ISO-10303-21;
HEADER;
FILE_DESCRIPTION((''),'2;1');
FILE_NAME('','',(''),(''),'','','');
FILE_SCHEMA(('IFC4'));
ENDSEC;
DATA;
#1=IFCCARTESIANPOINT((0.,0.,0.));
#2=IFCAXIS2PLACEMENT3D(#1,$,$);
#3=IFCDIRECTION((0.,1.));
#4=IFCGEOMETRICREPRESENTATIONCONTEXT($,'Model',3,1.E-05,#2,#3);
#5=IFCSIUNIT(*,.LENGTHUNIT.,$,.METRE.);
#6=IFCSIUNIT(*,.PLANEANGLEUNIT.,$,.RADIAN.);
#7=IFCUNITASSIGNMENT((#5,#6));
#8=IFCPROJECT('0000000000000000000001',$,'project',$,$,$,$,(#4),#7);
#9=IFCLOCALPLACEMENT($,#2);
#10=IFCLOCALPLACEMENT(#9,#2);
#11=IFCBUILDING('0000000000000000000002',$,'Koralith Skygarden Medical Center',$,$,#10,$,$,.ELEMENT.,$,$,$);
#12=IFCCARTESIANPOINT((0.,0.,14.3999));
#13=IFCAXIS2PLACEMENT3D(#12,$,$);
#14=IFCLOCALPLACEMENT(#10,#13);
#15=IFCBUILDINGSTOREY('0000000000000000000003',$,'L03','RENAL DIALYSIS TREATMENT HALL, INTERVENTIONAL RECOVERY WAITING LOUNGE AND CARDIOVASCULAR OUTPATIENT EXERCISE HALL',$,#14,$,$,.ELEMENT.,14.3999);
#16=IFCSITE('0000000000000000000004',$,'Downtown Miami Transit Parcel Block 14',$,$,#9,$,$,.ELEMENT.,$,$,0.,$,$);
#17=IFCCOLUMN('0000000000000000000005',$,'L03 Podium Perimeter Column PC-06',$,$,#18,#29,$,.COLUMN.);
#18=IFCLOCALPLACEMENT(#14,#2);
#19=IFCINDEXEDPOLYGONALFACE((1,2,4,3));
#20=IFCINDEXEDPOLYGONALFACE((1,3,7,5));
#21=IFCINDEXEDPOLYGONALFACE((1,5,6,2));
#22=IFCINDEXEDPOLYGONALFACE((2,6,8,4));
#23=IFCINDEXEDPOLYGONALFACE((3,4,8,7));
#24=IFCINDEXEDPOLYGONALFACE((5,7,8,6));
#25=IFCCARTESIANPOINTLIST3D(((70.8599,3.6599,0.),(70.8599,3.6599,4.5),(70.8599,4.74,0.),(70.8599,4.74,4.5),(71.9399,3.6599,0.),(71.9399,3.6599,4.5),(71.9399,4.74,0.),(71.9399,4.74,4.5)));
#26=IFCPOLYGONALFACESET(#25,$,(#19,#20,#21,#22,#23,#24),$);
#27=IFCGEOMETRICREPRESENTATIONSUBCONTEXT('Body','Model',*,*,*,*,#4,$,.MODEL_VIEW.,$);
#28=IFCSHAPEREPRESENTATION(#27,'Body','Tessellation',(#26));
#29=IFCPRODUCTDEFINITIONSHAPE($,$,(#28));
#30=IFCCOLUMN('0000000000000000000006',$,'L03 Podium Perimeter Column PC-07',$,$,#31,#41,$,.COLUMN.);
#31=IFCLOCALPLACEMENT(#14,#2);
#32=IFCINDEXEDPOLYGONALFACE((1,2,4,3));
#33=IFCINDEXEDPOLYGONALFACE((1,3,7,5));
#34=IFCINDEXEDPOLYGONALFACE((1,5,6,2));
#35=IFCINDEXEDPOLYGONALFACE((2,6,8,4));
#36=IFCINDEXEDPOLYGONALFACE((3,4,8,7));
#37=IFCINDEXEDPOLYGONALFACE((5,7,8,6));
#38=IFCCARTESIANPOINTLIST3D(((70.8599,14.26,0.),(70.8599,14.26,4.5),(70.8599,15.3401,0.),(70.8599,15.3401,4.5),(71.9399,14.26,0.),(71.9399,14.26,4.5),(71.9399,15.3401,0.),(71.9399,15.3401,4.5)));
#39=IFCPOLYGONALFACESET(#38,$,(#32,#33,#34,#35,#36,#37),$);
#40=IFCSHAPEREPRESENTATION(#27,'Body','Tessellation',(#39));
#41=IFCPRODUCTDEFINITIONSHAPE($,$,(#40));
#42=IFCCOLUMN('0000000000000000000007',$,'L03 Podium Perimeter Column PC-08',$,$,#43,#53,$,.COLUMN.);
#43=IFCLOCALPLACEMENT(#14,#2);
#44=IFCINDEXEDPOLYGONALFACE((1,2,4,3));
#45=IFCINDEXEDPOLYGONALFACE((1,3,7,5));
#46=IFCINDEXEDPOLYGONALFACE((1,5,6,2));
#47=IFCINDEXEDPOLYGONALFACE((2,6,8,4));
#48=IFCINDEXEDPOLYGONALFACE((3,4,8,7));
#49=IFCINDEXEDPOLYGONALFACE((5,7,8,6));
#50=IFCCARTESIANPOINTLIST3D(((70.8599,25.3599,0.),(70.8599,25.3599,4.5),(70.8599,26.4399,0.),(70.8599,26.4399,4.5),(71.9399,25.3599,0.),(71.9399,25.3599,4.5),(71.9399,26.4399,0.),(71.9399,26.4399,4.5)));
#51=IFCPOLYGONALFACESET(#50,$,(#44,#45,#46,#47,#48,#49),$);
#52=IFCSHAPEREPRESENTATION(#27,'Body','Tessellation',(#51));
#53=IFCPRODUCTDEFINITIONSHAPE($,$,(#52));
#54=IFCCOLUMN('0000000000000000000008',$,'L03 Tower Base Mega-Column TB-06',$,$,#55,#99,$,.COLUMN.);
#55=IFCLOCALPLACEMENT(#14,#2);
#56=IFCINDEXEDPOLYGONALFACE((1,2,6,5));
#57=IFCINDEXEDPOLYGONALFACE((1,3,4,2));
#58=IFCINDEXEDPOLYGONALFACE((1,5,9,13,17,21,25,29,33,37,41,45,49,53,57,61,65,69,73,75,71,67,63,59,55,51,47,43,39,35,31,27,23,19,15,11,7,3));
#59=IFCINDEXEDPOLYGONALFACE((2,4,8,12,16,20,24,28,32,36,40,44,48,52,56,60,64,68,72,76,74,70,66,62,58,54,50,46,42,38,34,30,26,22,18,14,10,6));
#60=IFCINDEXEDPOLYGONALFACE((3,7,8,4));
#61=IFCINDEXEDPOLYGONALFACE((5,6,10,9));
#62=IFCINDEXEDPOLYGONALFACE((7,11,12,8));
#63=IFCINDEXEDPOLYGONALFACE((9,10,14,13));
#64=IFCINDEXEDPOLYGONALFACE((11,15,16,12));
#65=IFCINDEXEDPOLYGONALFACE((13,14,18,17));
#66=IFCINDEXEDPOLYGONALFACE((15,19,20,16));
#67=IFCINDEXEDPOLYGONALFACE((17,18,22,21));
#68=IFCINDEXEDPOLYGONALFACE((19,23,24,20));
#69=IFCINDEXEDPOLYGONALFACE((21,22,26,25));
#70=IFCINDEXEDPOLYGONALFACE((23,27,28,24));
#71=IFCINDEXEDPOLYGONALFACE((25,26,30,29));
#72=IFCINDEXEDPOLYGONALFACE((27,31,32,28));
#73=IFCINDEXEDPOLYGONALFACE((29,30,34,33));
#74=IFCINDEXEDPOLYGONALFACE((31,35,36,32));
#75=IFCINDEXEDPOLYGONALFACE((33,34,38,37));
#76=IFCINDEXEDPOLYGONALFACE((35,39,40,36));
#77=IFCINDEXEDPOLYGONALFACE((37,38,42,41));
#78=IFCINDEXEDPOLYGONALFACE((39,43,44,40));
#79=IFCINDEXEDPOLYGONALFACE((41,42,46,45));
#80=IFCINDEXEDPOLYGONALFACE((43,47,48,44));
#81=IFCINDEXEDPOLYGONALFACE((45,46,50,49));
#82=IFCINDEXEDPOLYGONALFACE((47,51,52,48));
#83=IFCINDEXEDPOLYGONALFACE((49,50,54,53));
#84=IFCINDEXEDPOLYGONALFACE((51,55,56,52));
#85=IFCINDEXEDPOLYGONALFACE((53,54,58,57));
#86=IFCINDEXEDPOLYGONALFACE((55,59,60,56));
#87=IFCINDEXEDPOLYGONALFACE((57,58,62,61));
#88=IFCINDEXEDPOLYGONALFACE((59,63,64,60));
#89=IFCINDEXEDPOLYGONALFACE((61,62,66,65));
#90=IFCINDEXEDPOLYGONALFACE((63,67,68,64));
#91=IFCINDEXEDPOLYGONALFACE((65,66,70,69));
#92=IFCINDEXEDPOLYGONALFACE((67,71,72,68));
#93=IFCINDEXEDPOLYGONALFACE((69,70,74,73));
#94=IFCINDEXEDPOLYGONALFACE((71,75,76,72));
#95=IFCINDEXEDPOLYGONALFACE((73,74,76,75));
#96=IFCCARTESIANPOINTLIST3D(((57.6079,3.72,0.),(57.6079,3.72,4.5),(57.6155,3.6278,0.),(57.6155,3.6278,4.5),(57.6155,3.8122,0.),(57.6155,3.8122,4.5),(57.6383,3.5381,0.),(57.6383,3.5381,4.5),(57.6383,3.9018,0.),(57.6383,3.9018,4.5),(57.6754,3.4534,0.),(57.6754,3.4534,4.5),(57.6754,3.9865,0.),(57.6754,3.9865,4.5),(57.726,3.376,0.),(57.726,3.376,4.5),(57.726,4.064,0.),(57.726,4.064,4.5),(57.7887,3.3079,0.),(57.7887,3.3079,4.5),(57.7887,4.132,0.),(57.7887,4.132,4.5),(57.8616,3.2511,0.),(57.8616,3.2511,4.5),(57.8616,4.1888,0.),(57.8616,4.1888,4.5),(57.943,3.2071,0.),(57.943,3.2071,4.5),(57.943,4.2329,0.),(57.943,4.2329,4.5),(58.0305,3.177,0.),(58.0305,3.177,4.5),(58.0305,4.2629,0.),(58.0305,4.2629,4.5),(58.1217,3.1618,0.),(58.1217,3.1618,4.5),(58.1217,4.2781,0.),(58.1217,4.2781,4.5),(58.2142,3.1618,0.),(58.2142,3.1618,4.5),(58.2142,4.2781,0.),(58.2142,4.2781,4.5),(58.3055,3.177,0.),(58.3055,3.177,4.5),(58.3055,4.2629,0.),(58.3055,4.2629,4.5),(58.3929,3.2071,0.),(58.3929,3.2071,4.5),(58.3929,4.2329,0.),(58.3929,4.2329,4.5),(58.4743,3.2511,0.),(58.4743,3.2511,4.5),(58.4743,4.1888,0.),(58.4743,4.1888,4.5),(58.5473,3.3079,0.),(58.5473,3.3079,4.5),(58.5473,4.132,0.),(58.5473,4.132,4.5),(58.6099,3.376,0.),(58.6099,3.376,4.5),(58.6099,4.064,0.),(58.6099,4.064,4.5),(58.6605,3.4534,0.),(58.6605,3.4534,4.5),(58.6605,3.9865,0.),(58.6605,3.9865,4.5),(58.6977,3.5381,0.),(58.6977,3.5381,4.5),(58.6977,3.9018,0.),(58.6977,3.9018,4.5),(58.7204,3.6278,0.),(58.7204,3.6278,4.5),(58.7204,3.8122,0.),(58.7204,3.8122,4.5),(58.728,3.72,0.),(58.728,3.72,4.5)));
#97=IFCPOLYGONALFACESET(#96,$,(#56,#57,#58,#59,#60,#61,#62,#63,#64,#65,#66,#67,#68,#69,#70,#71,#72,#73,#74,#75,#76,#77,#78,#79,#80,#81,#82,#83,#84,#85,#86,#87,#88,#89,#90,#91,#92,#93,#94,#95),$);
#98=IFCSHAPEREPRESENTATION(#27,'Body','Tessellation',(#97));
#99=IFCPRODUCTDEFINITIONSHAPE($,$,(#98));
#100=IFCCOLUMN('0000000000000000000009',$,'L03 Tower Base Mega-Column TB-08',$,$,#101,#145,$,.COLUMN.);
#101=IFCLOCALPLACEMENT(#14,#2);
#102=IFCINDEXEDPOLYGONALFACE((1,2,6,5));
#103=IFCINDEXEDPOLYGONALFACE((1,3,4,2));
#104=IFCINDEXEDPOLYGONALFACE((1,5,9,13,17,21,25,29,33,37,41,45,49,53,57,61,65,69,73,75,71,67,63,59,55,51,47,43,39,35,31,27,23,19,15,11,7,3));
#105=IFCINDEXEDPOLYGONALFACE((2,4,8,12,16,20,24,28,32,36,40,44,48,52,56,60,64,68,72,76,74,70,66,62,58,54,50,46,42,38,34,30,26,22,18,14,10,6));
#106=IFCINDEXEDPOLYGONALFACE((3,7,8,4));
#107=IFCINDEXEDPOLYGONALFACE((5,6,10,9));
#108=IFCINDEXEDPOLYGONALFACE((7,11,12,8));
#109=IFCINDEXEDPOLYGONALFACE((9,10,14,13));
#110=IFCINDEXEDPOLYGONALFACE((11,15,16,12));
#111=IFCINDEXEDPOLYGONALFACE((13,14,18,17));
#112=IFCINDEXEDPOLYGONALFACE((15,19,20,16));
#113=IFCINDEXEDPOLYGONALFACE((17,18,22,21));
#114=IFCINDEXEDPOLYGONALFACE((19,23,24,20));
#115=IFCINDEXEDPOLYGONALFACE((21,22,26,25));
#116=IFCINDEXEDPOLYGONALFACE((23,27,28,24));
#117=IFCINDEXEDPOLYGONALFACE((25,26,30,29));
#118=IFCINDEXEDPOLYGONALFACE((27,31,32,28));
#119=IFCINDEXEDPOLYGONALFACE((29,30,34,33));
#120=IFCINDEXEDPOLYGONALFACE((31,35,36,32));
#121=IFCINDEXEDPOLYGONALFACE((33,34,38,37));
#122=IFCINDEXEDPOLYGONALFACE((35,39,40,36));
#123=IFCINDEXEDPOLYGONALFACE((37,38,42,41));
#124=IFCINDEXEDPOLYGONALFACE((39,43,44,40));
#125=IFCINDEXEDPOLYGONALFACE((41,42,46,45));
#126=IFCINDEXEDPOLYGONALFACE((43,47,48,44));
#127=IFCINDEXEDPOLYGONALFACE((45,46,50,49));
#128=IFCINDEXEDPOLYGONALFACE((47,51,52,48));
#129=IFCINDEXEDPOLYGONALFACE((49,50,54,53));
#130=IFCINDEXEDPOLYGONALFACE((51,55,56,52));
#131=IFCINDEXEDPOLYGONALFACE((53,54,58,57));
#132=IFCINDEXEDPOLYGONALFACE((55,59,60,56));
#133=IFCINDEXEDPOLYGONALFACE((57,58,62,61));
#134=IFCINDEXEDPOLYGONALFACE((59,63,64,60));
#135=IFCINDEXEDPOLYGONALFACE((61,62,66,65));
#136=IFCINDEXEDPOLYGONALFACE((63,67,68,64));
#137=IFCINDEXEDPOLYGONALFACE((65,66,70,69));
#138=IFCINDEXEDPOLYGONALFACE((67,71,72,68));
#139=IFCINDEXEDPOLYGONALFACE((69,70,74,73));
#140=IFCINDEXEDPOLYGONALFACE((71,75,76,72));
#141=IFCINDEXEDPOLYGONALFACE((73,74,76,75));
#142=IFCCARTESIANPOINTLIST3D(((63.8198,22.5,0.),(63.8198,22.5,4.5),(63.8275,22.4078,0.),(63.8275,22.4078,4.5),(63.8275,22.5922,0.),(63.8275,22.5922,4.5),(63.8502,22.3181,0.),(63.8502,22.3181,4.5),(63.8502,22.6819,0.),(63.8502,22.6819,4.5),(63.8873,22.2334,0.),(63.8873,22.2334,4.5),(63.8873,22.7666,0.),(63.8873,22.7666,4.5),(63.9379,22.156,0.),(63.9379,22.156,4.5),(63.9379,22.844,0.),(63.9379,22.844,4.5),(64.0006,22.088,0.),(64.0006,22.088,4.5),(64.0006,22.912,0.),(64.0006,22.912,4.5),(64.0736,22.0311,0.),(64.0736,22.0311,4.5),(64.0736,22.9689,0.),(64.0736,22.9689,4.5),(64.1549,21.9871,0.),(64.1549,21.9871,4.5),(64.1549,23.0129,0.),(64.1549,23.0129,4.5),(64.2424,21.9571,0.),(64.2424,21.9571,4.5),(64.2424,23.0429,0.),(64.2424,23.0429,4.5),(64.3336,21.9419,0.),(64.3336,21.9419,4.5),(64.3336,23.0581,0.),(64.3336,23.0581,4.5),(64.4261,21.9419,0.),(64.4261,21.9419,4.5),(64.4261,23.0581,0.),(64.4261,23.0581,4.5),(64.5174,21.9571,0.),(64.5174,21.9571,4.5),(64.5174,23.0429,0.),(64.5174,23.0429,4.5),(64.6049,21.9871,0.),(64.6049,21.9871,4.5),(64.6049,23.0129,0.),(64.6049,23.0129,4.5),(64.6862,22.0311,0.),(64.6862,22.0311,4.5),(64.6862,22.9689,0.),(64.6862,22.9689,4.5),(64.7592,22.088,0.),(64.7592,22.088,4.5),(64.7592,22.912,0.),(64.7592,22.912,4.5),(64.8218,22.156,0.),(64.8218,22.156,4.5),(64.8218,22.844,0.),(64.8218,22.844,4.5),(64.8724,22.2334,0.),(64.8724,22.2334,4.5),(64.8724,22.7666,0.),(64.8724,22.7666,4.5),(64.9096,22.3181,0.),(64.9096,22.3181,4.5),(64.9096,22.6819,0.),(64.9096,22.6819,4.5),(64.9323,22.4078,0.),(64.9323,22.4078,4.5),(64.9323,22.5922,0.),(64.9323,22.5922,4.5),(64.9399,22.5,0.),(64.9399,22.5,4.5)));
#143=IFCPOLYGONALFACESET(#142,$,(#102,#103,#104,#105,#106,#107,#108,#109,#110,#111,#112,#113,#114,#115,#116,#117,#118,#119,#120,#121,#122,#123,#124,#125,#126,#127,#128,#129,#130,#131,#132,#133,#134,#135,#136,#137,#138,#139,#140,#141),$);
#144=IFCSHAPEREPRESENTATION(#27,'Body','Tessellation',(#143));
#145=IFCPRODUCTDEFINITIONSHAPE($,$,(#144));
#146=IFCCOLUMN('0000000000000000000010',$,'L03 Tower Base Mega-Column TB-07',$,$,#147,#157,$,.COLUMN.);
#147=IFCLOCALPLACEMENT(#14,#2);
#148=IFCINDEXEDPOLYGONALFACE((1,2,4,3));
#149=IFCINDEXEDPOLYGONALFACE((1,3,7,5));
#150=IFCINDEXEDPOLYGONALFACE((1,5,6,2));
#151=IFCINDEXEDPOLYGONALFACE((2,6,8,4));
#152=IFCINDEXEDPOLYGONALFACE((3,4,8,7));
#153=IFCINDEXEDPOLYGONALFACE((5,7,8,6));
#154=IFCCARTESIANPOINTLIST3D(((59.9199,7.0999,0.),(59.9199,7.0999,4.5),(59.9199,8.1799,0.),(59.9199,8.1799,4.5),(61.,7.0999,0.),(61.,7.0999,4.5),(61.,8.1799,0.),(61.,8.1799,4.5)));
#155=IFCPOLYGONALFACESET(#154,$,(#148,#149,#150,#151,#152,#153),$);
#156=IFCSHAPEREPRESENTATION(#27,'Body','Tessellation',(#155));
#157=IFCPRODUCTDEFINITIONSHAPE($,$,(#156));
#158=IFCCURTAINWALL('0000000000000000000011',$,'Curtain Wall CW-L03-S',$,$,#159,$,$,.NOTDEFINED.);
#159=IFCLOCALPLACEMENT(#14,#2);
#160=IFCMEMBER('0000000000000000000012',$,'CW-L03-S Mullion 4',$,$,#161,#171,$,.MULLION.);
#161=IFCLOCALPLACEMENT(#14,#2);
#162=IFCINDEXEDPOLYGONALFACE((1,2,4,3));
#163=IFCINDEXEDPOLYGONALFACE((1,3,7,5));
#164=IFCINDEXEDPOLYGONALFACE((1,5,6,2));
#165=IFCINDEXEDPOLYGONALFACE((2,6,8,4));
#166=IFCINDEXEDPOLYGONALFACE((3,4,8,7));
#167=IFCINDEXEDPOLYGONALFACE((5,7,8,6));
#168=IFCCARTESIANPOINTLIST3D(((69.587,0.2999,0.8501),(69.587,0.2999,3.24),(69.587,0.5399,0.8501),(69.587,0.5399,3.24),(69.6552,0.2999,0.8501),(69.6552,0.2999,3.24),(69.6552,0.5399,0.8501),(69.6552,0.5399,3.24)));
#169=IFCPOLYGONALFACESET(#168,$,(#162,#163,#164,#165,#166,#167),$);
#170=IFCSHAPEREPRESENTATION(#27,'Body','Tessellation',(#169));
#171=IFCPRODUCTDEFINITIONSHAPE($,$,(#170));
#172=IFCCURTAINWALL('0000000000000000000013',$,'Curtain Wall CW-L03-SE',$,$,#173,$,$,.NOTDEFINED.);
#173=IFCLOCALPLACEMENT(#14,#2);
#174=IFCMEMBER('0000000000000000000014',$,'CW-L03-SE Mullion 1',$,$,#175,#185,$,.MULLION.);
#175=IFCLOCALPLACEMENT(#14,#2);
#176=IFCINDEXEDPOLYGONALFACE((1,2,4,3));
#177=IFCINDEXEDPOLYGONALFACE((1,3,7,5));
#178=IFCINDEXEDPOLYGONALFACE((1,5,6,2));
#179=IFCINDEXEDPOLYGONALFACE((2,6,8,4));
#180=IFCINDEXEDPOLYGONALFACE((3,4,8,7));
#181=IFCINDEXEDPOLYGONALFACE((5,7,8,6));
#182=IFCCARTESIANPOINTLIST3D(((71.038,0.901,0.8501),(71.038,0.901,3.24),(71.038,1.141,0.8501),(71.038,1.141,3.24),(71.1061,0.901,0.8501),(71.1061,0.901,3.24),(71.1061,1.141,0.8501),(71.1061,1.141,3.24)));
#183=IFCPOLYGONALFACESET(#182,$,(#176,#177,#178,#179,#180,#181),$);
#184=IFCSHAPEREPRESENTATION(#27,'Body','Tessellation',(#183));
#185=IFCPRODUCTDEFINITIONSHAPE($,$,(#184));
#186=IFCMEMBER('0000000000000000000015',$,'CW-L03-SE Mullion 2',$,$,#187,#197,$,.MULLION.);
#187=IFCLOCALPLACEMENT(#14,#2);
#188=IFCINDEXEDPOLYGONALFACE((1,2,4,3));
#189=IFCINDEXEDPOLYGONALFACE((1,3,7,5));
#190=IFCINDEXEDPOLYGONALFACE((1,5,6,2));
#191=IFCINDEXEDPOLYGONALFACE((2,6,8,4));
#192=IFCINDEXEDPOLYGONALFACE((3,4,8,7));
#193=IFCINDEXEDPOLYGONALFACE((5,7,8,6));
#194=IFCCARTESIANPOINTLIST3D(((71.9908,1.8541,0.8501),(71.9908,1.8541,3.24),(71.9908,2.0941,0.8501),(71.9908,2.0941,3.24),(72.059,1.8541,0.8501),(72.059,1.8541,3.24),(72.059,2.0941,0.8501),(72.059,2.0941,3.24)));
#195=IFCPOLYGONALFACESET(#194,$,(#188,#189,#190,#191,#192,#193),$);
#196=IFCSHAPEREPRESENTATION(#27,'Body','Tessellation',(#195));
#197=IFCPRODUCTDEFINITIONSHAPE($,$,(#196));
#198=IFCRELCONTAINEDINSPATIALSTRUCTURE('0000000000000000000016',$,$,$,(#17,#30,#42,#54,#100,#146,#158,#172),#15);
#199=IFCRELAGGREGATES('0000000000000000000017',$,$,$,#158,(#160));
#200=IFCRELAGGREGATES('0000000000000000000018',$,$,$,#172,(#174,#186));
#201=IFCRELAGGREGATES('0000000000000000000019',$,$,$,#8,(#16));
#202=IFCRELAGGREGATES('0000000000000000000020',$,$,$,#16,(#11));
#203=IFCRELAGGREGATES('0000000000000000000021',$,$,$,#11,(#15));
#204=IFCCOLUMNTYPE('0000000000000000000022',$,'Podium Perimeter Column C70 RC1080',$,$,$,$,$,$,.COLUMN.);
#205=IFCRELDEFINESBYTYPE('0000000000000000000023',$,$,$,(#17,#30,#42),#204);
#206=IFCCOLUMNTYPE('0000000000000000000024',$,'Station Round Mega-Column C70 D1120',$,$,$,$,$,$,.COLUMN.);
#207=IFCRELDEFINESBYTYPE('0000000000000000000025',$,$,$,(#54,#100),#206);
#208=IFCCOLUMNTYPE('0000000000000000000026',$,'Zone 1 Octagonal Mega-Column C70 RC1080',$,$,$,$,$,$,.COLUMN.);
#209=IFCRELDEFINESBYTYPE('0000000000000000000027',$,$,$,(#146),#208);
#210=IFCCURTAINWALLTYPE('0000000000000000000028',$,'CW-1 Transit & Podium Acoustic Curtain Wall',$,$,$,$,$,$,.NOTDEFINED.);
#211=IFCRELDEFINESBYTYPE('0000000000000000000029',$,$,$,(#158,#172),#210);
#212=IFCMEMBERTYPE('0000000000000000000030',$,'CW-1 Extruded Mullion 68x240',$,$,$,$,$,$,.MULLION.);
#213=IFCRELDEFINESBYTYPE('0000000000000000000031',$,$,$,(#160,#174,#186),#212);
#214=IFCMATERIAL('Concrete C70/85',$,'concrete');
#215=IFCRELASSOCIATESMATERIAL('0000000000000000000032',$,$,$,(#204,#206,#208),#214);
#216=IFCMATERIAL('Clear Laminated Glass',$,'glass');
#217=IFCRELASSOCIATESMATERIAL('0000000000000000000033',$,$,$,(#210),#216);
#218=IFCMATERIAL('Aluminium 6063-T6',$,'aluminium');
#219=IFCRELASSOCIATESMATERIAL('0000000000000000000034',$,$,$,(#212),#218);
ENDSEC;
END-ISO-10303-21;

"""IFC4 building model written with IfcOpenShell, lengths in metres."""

from ifc_helpers import new_model, si_unit, direction, frame, origin, origin_2d, place, context, subcontext, project, spatial, rectangle, circle, extrude, material, material_profile, profile_set, type_object, element, aggregate, save


model = new_model("IFC4")

# Units and contexts
model_context = context("Model", 3, precision=1e-05, world=origin(), true_north=direction((0.0, 1.0)))
body_context = subcontext(model_context, "Body", "Model", "MODEL_VIEW")
ifc_project = project(units=[si_unit("LENGTHUNIT", "METRE"), si_unit("PLANEANGLEUNIT", "RADIAN")], contexts=[model_context])

# Site, building, storey
site_placement = place(None, origin())
site = spatial("IfcSite", under=ifc_project, at=site_placement, Name="Downtown Miami Transit Parcel Block 14", CompositionType="ELEMENT", RefElevation=0.0)
building_placement = place(site_placement, origin())
building = spatial("IfcBuilding", under=site, at=building_placement, Name="Koralith Skygarden Medical Center", CompositionType="ELEMENT")
storey_placement = place(building_placement, frame((0.0, 0.0, 14.3999)))
storey = spatial("IfcBuildingStorey", under=building, at=storey_placement, Name="L03", Description="RENAL DIALYSIS TREATMENT HALL, INTERVENTIONAL RECOVERY WAITING LOUNGE AND CARDIOVASCULAR OUTPATIENT EXERCISE HALL", CompositionType="ELEMENT", Elevation=14.3999)

# Columns
ifc_material_1 = material(Name="Concrete C70/85", Category="concrete")
ifc_material_profile_1 = material_profile(ifc_material_1, rectangle(XDim=1.0801, YDim=1.0801, at=origin_2d()), Name="RC1080X1080")
ifc_profile_set_1 = profile_set([ifc_material_profile_1], Name="Concrete C70/85")
column_type_1 = type_object("IfcColumnType", Name="Podium Perimeter Column C70 RC1080", PredefinedType="COLUMN", material=ifc_profile_set_1)
for number, where, z_axis, x_axis, name in (
    (1, (71.3999, 4.2, 0.0), (0.0, 0.0, 1.0), (1.0, 0.0, 0.0), "L03 Podium Perimeter Column PC-06"),
    (2, (71.3999, 14.8, 0.0), (0.0, 0.0, 1.0), (1.0, 0.0, 0.0), "L03 Podium Perimeter Column PC-07"),
    (3, (71.3999, 25.8999, 0.0), (0.0, 0.0, 1.0), (1.0, 0.0, 0.0), "L03 Podium Perimeter Column PC-08"),
):
    element("IfcColumn", number, at=place(storey_placement, frame(where, z_axis=z_axis, x_axis=x_axis)), inside=storey, type_object=column_type_1, Name=name, PredefinedType="COLUMN", context=body_context, shape_type="SweptSolid", body=[
        extrude(rectangle(XDim=1.0801, YDim=1.0801, at=origin_2d()), origin(), (0.0, 0.0, 1.0), 4.5),
    ])
ifc_material_profile_2 = material_profile(ifc_material_1, circle(Radius=0.5601, at=origin_2d()), Name="RCCOL1120")
ifc_profile_set_2 = profile_set([ifc_material_profile_2], Name="Concrete C70/85")
column_type_2 = type_object("IfcColumnType", Name="Station Round Mega-Column C70 D1120", PredefinedType="COLUMN", material=ifc_profile_set_2)
for number, where, z_axis, x_axis, name in (
    (4, (58.168, 3.72, 0.0), (0.0, 0.0, 1.0), (1.0, 0.0, 0.0), "L03 Tower Base Mega-Column TB-06"),
    (5, (64.3799, 22.5, 0.0), (0.0, 0.0, 1.0), (1.0, 0.0, 0.0), "L03 Tower Base Mega-Column TB-08"),
):
    element("IfcColumn", number, at=place(storey_placement, frame(where, z_axis=z_axis, x_axis=x_axis)), inside=storey, type_object=column_type_2, Name=name, PredefinedType="COLUMN", context=body_context, shape_type="SweptSolid", body=[
        extrude(circle(Radius=0.5601, at=origin_2d()), origin(), (0.0, 0.0, 1.0), 4.5),
    ])
ifc_material_profile_3 = material_profile(ifc_material_1, rectangle(XDim=1.0801, YDim=1.0801, at=origin_2d()), Name="RC1080X1080")
ifc_profile_set_3 = profile_set([ifc_material_profile_3], Name="Concrete C70/85")
column_type_3 = type_object("IfcColumnType", Name="Zone 1 Octagonal Mega-Column C70 RC1080", PredefinedType="COLUMN", material=ifc_profile_set_3)
column_placement = place(storey_placement, frame((60.46, 7.6399, 0.0), z_axis=(0.0, 0.0, 1.0), x_axis=(1.0, 0.0, 0.0)))
element("IfcColumn", 6, at=column_placement, inside=storey, type_object=column_type_3, Name="L03 Tower Base Mega-Column TB-07", PredefinedType="COLUMN", context=body_context, shape_type="SweptSolid", body=[
    extrude(rectangle(XDim=1.0801, YDim=1.0801, at=origin_2d()), origin(), (0.0, 0.0, 1.0), 4.5),
])

# Curtain wall, member
ifc_material_2 = material(Name="Clear Laminated Glass", Category="glass")
curtain_wall_type = type_object("IfcCurtainWallType", Name="CW-1 Transit & Podium Acoustic Curtain Wall", PredefinedType="NOTDEFINED", material=ifc_material_2)
curtain_wall_1_placement = place(storey_placement, origin())
curtain_wall_1 = element("IfcCurtainWall", 7, at=curtain_wall_1_placement, inside=storey, type_object=curtain_wall_type, Name="Curtain Wall CW-L03-S", PredefinedType="NOTDEFINED")
ifc_material_3 = material(Name="Aluminium 6063-T6", Category="aluminium")
ifc_material_profile_4 = material_profile(ifc_material_3, rectangle(XDim=0.0681, YDim=0.24, at=origin_2d()), Name="MUL68X240")
ifc_profile_set_4 = profile_set([ifc_material_profile_4], Name="Aluminium 6063-T6")
member_type_1 = type_object("IfcMemberType", Name="CW-1 Extruded Mullion 68x240", PredefinedType="MULLION", material=ifc_profile_set_4)
member_1_placement = place(storey_placement, frame((69.6211, 0.4199, 0.8501), z_axis=(0.0, 0.0, 1.0), x_axis=(1.0, 0.0, 0.0)))
member_1 = element("IfcMember", 8, at=member_1_placement, type_object=member_type_1, Name="CW-L03-S Mullion 4", PredefinedType="MULLION", context=body_context, shape_type="SweptSolid", body=[
    extrude(rectangle(XDim=0.0681, YDim=0.24, at=origin_2d()), origin(), (0.0, 0.0, 1.0), 2.3899),
])

# Curtain wall, members
curtain_wall_2_placement = place(storey_placement, origin())
curtain_wall_2 = element("IfcCurtainWall", 9, at=curtain_wall_2_placement, inside=storey, type_object=curtain_wall_type, Name="Curtain Wall CW-L03-SE", PredefinedType="NOTDEFINED")
member_2_placement = place(storey_placement, frame((71.072, 1.021, 0.8501), z_axis=(0.0, 0.0, 1.0), x_axis=(1.0, 0.0, 0.0)))
member_2 = element("IfcMember", 10, at=member_2_placement, type_object=member_type_1, Name="CW-L03-SE Mullion 1", PredefinedType="MULLION", context=body_context, shape_type="SweptSolid", body=[
    extrude(rectangle(XDim=0.0681, YDim=0.24, at=origin_2d()), origin(), (0.0, 0.0, 1.0), 2.3899),
])
member_3_placement = place(storey_placement, frame((72.0249, 1.9741, 0.8501), z_axis=(0.0, 0.0, 1.0), x_axis=(1.0, 0.0, 0.0)))
member_3 = element("IfcMember", 11, at=member_3_placement, type_object=member_type_1, Name="CW-L03-SE Mullion 2", PredefinedType="MULLION", context=body_context, shape_type="SweptSolid", body=[
    extrude(rectangle(XDim=0.0681, YDim=0.24, at=origin_2d()), origin(), (0.0, 0.0, 1.0), 2.3899),
])

aggregate(curtain_wall_1, [member_1])
aggregate(curtain_wall_2, [member_2, member_3])

save(model, "model.ifc")
